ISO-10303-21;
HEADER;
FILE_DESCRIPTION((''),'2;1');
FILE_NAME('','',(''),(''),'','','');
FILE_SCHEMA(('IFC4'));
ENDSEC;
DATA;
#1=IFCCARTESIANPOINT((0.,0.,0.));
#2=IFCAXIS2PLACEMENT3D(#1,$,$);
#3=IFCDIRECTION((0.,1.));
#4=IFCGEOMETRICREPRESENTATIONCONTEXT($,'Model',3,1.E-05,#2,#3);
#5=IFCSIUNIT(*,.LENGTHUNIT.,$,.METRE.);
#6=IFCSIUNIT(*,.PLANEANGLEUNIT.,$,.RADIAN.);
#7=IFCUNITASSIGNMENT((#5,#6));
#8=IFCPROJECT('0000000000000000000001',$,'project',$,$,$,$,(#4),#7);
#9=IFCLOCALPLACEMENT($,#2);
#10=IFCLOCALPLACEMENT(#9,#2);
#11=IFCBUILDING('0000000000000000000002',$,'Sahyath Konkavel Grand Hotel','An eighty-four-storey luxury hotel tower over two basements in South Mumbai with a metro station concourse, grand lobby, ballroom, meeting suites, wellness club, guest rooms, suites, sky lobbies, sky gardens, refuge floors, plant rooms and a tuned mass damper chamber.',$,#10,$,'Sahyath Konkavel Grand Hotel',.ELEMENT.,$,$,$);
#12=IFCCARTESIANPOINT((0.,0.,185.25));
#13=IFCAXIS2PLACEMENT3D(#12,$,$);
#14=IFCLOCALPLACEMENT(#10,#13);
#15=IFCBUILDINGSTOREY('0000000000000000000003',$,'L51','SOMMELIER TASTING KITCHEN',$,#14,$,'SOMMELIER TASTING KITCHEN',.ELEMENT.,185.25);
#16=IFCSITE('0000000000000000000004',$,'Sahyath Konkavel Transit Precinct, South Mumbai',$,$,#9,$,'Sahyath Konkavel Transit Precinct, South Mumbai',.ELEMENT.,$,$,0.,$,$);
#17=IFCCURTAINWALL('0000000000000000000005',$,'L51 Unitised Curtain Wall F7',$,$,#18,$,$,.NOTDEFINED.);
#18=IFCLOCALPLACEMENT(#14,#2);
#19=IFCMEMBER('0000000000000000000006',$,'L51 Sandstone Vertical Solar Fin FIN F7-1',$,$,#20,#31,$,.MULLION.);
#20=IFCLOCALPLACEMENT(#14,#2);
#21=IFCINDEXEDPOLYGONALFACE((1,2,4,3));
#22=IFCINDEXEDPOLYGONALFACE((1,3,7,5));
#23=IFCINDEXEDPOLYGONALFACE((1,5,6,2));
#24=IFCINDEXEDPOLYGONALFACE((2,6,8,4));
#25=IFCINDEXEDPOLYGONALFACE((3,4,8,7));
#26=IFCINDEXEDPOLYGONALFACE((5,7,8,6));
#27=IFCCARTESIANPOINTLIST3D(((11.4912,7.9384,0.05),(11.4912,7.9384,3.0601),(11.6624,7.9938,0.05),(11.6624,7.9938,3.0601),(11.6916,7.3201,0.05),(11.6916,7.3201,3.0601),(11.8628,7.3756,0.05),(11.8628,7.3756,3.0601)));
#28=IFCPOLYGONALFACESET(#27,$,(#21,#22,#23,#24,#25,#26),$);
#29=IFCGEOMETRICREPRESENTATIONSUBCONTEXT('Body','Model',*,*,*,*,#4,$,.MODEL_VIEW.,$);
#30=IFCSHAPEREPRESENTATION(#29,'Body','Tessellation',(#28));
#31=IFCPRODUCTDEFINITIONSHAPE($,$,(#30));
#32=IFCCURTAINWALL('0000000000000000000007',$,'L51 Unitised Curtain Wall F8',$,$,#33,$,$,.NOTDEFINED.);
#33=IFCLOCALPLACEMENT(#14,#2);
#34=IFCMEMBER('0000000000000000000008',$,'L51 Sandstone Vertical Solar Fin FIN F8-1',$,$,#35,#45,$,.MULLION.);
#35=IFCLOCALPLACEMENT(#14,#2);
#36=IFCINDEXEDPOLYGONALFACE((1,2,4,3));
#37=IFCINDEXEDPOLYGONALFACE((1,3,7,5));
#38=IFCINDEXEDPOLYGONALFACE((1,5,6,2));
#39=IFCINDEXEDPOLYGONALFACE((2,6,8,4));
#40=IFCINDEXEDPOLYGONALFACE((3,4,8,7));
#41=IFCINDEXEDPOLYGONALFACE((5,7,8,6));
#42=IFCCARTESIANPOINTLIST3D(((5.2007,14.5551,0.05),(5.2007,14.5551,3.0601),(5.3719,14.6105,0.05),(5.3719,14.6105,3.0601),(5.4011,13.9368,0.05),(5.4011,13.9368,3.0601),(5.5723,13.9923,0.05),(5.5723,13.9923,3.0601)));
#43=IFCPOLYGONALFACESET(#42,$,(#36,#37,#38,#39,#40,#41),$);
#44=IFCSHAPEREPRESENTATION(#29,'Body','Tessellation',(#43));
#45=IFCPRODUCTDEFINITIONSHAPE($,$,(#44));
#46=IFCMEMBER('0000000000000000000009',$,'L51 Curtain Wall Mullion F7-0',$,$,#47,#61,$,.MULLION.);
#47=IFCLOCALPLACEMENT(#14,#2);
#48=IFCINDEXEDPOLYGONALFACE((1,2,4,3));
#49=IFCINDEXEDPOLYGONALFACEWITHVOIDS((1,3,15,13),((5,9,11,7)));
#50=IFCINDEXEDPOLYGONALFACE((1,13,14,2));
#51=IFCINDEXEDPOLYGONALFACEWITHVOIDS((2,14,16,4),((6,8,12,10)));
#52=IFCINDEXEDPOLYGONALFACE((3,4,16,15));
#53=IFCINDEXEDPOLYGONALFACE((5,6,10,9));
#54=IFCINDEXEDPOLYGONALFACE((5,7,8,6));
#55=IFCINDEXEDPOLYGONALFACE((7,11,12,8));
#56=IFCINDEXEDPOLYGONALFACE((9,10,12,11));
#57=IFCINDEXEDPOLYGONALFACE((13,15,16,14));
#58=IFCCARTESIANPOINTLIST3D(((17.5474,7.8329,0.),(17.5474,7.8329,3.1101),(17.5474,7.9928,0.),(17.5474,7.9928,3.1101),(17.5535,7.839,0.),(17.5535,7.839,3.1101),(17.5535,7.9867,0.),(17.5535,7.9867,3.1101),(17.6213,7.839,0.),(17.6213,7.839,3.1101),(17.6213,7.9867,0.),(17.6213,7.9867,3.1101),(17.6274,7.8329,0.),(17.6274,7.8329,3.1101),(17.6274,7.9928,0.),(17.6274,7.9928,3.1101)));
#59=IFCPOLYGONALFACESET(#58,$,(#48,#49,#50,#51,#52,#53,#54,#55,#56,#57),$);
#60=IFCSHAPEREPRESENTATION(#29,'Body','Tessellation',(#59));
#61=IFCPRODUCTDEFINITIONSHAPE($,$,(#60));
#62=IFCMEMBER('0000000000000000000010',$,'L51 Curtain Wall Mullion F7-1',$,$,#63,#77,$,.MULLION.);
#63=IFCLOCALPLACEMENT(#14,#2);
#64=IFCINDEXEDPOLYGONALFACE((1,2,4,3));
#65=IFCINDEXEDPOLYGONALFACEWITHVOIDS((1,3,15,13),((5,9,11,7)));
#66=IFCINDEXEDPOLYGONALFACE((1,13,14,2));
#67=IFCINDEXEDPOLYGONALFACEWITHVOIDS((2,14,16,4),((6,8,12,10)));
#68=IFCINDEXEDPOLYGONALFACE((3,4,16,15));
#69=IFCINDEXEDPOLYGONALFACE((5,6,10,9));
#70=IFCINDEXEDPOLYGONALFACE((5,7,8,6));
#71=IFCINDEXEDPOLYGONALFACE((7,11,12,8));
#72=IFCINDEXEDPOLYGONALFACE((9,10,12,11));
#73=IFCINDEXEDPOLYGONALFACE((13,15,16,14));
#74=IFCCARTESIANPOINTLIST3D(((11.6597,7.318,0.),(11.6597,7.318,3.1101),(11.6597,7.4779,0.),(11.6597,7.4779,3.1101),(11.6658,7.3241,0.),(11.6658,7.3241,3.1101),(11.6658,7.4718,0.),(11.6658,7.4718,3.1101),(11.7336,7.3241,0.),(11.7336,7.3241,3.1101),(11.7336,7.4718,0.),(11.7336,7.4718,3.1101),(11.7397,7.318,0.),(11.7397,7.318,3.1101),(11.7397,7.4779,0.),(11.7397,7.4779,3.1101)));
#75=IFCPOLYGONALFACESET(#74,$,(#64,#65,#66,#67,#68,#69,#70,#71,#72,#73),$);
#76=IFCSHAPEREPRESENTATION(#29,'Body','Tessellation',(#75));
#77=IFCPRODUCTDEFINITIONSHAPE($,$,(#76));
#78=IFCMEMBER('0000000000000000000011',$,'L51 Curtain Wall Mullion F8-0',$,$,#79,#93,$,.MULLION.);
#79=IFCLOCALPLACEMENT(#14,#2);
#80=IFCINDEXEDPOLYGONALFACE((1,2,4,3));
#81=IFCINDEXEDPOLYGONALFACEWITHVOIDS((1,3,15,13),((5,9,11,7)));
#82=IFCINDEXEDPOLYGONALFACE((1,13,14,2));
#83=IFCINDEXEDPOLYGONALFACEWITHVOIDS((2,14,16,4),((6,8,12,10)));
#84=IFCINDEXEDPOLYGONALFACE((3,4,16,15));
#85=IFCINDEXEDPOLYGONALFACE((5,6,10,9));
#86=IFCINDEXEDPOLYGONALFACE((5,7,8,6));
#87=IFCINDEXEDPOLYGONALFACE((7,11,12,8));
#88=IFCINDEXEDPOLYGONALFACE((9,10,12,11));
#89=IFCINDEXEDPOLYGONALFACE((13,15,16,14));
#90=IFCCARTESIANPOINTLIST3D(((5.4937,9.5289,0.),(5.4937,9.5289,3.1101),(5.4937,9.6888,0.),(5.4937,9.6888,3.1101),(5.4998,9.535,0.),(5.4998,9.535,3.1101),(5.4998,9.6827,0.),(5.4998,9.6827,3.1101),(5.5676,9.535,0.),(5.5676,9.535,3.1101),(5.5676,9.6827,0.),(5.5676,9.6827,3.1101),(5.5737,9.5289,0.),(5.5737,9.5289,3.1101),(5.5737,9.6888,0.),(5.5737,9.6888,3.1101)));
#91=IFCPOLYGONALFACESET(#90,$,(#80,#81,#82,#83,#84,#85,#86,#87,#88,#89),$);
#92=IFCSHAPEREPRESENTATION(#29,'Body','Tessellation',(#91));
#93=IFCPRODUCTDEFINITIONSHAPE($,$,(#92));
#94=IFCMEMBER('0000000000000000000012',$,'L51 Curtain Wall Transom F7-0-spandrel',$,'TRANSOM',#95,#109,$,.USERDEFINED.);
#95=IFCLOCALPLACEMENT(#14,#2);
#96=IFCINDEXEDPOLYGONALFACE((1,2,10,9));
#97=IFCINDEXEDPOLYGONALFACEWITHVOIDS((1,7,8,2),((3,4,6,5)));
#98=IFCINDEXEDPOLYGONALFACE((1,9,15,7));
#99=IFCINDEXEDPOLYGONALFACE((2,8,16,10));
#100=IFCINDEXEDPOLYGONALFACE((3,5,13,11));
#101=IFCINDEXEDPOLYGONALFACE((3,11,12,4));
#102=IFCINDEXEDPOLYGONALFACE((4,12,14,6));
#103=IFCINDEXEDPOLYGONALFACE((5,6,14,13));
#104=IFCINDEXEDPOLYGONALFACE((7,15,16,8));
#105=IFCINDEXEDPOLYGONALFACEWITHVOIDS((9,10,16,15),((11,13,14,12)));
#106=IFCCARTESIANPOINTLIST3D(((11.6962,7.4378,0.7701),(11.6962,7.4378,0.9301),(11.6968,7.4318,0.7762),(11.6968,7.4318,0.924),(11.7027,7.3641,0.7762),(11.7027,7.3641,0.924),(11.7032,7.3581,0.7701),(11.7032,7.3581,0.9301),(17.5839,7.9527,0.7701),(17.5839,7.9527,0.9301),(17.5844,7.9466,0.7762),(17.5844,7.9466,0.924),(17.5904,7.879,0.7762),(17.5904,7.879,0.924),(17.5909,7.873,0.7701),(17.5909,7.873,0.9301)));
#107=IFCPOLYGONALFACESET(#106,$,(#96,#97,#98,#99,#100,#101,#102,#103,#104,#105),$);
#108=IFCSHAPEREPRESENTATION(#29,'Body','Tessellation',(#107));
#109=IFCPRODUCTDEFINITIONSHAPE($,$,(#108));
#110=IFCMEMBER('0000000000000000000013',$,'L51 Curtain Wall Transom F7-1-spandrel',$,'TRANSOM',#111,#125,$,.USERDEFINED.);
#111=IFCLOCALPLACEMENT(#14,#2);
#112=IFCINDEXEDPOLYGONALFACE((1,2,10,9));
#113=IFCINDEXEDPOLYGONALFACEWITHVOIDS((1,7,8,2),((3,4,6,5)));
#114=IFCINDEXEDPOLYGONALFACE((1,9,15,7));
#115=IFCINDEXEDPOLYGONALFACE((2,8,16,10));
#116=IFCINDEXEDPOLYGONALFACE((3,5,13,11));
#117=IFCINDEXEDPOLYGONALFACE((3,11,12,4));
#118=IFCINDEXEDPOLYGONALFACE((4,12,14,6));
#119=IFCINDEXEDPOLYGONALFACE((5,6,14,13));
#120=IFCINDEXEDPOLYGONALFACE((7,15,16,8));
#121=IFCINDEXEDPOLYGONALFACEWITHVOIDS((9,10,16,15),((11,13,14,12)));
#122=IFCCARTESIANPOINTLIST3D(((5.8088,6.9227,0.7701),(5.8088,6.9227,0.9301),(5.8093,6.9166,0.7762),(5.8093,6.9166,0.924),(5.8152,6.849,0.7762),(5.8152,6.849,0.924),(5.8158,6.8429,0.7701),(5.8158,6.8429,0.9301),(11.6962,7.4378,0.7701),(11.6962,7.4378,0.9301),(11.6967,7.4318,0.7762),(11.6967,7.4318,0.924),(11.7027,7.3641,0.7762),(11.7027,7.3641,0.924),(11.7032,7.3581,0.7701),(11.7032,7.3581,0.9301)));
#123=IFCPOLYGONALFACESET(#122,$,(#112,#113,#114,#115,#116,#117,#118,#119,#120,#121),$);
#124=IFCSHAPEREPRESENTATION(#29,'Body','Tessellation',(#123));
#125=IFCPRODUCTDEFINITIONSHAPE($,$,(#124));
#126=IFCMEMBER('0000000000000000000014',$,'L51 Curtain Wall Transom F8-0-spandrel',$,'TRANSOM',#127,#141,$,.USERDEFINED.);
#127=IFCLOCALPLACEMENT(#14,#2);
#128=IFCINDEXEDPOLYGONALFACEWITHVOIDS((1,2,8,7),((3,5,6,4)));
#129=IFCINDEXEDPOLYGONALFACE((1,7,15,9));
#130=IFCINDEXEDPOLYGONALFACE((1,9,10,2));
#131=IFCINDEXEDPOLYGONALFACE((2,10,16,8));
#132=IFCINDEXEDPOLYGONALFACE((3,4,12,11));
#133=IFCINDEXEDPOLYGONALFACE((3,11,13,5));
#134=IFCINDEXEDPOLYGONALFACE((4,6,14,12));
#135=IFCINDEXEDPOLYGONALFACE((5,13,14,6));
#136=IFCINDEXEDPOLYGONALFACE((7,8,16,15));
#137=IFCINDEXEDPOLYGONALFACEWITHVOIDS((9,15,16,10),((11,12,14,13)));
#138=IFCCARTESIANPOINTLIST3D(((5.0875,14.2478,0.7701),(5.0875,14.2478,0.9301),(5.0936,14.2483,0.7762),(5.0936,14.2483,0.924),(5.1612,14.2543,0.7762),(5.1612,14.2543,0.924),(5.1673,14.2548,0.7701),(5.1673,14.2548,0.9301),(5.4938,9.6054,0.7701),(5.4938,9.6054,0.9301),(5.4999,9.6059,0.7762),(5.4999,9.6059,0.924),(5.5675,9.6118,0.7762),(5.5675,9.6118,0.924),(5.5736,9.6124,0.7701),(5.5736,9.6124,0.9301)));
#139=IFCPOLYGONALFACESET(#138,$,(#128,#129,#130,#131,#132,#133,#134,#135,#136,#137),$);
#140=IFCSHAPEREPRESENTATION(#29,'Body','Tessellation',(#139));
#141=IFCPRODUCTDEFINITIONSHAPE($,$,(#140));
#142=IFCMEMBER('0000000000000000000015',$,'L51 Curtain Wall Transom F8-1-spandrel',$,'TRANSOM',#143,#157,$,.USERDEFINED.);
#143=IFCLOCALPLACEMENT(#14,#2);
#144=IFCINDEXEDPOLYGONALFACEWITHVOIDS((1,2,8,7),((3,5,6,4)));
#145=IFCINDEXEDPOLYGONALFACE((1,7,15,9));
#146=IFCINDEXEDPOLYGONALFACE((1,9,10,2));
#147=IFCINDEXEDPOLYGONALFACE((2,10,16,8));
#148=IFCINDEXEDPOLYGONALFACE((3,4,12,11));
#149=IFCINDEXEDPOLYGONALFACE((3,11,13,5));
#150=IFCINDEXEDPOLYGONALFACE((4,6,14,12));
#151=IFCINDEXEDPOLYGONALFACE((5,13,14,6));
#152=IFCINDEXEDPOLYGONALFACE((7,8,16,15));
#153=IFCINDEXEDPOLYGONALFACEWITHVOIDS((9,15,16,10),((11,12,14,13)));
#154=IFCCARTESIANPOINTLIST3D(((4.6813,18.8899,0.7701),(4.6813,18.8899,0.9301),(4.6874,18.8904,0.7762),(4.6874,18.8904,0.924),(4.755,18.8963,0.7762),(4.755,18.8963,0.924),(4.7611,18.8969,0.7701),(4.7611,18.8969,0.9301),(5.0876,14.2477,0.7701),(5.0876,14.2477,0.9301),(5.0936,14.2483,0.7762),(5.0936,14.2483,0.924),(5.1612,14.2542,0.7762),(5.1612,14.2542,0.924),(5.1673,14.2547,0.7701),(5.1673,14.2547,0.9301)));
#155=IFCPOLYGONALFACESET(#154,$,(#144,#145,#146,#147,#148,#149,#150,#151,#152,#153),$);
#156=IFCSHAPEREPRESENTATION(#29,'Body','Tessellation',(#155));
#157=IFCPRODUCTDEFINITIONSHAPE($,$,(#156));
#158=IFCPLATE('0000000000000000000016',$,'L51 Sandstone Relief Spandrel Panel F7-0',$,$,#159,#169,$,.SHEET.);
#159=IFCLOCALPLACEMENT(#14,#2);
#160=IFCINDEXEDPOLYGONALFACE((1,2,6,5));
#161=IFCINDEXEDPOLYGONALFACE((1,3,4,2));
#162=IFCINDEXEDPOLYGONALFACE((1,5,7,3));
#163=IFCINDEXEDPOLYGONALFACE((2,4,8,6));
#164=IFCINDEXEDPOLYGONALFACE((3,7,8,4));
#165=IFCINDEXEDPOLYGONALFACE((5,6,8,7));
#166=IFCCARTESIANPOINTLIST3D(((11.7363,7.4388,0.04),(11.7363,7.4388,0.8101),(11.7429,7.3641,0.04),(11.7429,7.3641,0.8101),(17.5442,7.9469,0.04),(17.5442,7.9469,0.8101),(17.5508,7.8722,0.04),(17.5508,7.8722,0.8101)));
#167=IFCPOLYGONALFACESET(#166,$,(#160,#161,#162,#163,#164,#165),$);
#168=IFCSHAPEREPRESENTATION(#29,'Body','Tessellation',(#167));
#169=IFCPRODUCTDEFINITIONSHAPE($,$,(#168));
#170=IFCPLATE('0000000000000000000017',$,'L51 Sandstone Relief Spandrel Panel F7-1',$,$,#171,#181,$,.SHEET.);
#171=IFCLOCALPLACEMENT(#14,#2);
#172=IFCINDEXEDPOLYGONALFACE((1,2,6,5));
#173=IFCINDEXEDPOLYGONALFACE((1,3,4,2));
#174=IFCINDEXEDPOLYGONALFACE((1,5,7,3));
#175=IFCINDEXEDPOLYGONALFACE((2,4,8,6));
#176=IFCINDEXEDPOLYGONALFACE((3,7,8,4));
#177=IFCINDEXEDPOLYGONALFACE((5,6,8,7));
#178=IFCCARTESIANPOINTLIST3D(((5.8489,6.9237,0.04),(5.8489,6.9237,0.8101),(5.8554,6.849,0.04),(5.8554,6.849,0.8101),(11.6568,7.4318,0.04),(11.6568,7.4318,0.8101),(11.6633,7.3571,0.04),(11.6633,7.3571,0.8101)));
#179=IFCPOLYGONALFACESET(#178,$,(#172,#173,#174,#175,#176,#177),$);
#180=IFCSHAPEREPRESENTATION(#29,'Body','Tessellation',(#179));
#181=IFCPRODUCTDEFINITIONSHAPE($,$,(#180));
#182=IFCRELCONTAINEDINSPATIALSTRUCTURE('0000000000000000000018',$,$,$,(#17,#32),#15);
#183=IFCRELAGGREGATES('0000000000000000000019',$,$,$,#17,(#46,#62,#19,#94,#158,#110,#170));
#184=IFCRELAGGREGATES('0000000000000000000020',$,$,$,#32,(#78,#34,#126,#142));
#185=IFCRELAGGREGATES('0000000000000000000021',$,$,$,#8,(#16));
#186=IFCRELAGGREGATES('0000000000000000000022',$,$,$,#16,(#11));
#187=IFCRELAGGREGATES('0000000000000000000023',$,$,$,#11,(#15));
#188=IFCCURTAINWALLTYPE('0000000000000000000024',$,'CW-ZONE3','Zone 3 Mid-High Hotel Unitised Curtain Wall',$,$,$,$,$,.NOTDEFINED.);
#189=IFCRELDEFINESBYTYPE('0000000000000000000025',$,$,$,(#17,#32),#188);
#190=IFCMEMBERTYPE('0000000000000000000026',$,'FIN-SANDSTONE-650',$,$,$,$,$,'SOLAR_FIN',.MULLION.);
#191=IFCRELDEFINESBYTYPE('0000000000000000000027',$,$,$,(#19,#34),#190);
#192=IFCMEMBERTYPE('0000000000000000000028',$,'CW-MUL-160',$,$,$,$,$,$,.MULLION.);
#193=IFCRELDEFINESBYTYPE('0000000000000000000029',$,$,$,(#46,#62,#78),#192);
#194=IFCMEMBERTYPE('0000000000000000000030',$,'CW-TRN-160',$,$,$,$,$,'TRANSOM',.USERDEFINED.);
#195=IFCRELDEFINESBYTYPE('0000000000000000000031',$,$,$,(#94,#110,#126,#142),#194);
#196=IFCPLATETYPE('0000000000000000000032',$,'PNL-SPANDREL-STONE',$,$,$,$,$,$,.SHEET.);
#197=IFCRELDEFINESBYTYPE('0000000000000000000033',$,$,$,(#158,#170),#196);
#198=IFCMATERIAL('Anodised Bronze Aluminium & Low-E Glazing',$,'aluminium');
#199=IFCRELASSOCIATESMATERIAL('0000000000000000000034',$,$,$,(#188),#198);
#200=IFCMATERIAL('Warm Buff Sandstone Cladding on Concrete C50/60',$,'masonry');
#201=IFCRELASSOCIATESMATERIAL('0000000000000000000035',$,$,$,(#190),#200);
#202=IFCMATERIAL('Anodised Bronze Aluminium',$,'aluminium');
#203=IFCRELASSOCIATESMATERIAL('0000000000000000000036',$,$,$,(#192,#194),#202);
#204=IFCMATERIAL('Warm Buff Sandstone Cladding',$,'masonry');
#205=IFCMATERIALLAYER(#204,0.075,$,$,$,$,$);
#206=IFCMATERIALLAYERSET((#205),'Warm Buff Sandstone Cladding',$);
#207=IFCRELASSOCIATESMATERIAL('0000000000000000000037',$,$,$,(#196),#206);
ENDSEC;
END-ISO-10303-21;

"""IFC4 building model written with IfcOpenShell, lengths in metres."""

from ifc_helpers import new_model, si_unit, direction, frame, origin, origin_2d, place, context, subcontext, project, spatial, rectangle, hollow_rectangle, extrude, source, transform, mapped, material, layer, layer_set, material_profile, profile_set, type_object, element, aggregate, save


model = new_model("IFC4")

# Units and contexts
model_context = context("Model", 3, precision=1e-05, world=origin(), true_north=direction((0.0, 1.0)))
body_context = subcontext(model_context, "Body", "Model", "MODEL_VIEW")
ifc_project = project(units=[si_unit("LENGTHUNIT", "METRE"), si_unit("PLANEANGLEUNIT", "RADIAN")], contexts=[model_context])

# Site, building, storey
site_placement = place(None, origin())
site = spatial("IfcSite", under=ifc_project, at=site_placement, Name="Sahyath Konkavel Transit Precinct, South Mumbai", LongName="Sahyath Konkavel Transit Precinct, South Mumbai", CompositionType="ELEMENT", RefElevation=0.0)
building_placement = place(site_placement, origin())
building = spatial("IfcBuilding", under=site, at=building_placement, Name="Sahyath Konkavel Grand Hotel", Description="An eighty-four-storey luxury hotel tower over two basements in South Mumbai with a metro station concourse, grand lobby, ballroom, meeting suites, wellness club, guest rooms, suites, sky lobbies, sky gardens, refuge floors, plant rooms and a tuned mass damper chamber.", LongName="Sahyath Konkavel Grand Hotel", CompositionType="ELEMENT")
storey_placement = place(building_placement, frame((0.0, 0.0, 185.25)))
storey = spatial("IfcBuildingStorey", under=building, at=storey_placement, Name="L51", Description="SOMMELIER TASTING KITCHEN", LongName="SOMMELIER TASTING KITCHEN", CompositionType="ELEMENT", Elevation=185.25)

# Curtain walls, members
ifc_material_1 = material(Name="Anodised Bronze Aluminium & Low-E Glazing", Category="aluminium")
curtain_wall_type = type_object("IfcCurtainWallType", Name="CW-ZONE3", Description="Zone 3 Mid-High Hotel Unitised Curtain Wall", PredefinedType="NOTDEFINED", material=ifc_material_1)
curtain_wall_1_placement = place(storey_placement, origin())
curtain_wall_1 = element("IfcCurtainWall", 1, at=curtain_wall_1_placement, inside=storey, type_object=curtain_wall_type, Name="L51 Unitised Curtain Wall F7", PredefinedType="NOTDEFINED")
ifc_material_2 = material(Name="Warm Buff Sandstone Cladding on Concrete C50/60", Category="masonry")
ifc_material_profile_1 = material_profile(ifc_material_2, rectangle(XDim=0.1799, YDim=0.6499, at=origin_2d()), Name="FIN 180x650")
ifc_profile_set_1 = profile_set([ifc_material_profile_1], Name="Warm Buff Sandstone Cladding on Concrete C50/60")
member_type_1 = type_object("IfcMemberType", Name="FIN-SANDSTONE-650", ElementType="SOLAR_FIN", PredefinedType="MULLION", material=ifc_profile_set_1)
shared_shape_1 = source(origin(), body_context, "Body", "SweptSolid", [
    extrude(rectangle(XDim=0.1799, YDim=0.6499, at=origin_2d()), origin(), (0.0, 0.0, 1.0), 3.01),
])
member_1_placement = place(storey_placement, frame((11.677, 7.657, 0.05), z_axis=(0.0, 0.0, 1.0), x_axis=(0.951272, 0.308353, 0.0)))
member_1 = element("IfcMember", 2, at=member_1_placement, type_object=member_type_1, Name="L51 Sandstone Vertical Solar Fin FIN F7-1", PredefinedType="MULLION", context=body_context, shape_type="MappedRepresentation", body=[
    mapped(shared_shape_1, transform((0.0, 0.0, 0.0), scale=1.0)),
])
curtain_wall_2_placement = place(storey_placement, origin())
curtain_wall_2 = element("IfcCurtainWall", 3, at=curtain_wall_2_placement, inside=storey, type_object=curtain_wall_type, Name="L51 Unitised Curtain Wall F8", PredefinedType="NOTDEFINED")
member_2_placement = place(storey_placement, frame((5.3865, 14.2737, 0.05), z_axis=(0.0, 0.0, 1.0), x_axis=(0.951272, 0.308353, 0.0)))
member_2 = element("IfcMember", 4, at=member_2_placement, type_object=member_type_1, Name="L51 Sandstone Vertical Solar Fin FIN F8-1", PredefinedType="MULLION", context=body_context, shape_type="MappedRepresentation", body=[
    mapped(shared_shape_1, transform((0.0, 0.0, 0.0), scale=1.0)),
])

# Members
ifc_material_3 = material(Name="Anodised Bronze Aluminium", Category="aluminium")
ifc_material_profile_2 = material_profile(ifc_material_3, hollow_rectangle(XDim=0.0801, YDim=0.1599, WallThickness=0.0061, at=origin_2d()), Name="RHS 160x80x6")
ifc_profile_set_2 = profile_set([ifc_material_profile_2], Name="Anodised Bronze Aluminium")
member_type_2 = type_object("IfcMemberType", Name="CW-MUL-160", PredefinedType="MULLION", material=ifc_profile_set_2)
shared_shape_2 = source(origin(), body_context, "Body", "SweptSolid", [
    extrude(hollow_rectangle(XDim=0.0801, YDim=0.1599, WallThickness=0.0061, at=origin_2d()), origin(), (0.0, 0.0, 1.0), 3.1101),
])
member_3_placement = place(storey_placement, frame((17.5874, 7.9128, 0.0), z_axis=(0.0, 0.0, 1.0), x_axis=(1.0, 0.0, 0.0)))
member_3 = element("IfcMember", 5, at=member_3_placement, type_object=member_type_2, Name="L51 Curtain Wall Mullion F7-0", PredefinedType="MULLION", context=body_context, shape_type="MappedRepresentation", body=[
    mapped(shared_shape_2, transform((0.0, 0.0, 0.0), scale=1.0)),
])
member_4_placement = place(storey_placement, frame((11.6997, 7.3979, 0.0), z_axis=(0.0, 0.0, 1.0), x_axis=(1.0, 0.0, 0.0)))
member_4 = element("IfcMember", 6, at=member_4_placement, type_object=member_type_2, Name="L51 Curtain Wall Mullion F7-1", PredefinedType="MULLION", context=body_context, shape_type="MappedRepresentation", body=[
    mapped(shared_shape_2, transform((0.0, 0.0, 0.0), scale=1.0)),
])
member_5_placement = place(storey_placement, frame((5.5337, 9.6089, 0.0), z_axis=(0.0, 0.0, 1.0), x_axis=(1.0, 0.0, 0.0)))
member_5 = element("IfcMember", 7, at=member_5_placement, type_object=member_type_2, Name="L51 Curtain Wall Mullion F8-0", PredefinedType="MULLION", context=body_context, shape_type="MappedRepresentation", body=[
    mapped(shared_shape_2, transform((0.0, 0.0, 0.0), scale=1.0)),
])
ifc_material_profile_3 = material_profile(ifc_material_3, hollow_rectangle(XDim=0.0801, YDim=0.1599, WallThickness=0.0061, at=origin_2d()), Name="RHS 160x80x6")
ifc_profile_set_3 = profile_set([ifc_material_profile_3], Name="Anodised Bronze Aluminium")
member_type_3 = type_object("IfcMemberType", Name="CW-TRN-160", ElementType="TRANSOM", PredefinedType="USERDEFINED", material=ifc_profile_set_3)
shared_shape_3 = source(origin(), body_context, "Body", "SweptSolid", [
    extrude(hollow_rectangle(XDim=0.0801, YDim=0.1599, WallThickness=0.0061, at=origin_2d()), origin(), (0.0, 0.0, 1.0), 5.9102),
])
member_6_placement = place(storey_placement, frame((17.5874, 7.9128, 0.8501), z_axis=(-0.996198, -0.08712, 0.0), x_axis=(0.08712, -0.996198, 0.0)))
member_6 = element("IfcMember", 8, at=member_6_placement, type_object=member_type_3, Name="L51 Curtain Wall Transom F7-0-spandrel", ObjectType="TRANSOM", PredefinedType="USERDEFINED", context=body_context, shape_type="MappedRepresentation", body=[
    mapped(shared_shape_3, transform((0.0, 0.0, 0.0), scale=1.0)),
])
shared_shape_4 = source(origin(), body_context, "Body", "SweptSolid", [
    extrude(hollow_rectangle(XDim=0.0801, YDim=0.1599, WallThickness=0.0061, at=origin_2d()), origin(), (0.0, 0.0, 1.0), 5.9099),
])
member_7_placement = place(storey_placement, frame((11.6997, 7.3979, 0.8501), z_axis=(-0.996194, -0.087164, 0.0), x_axis=(0.087164, -0.996194, 0.0)))
member_7 = element("IfcMember", 9, at=member_7_placement, type_object=member_type_3, Name="L51 Curtain Wall Transom F7-1-spandrel", ObjectType="TRANSOM", PredefinedType="USERDEFINED", context=body_context, shape_type="MappedRepresentation", body=[
    mapped(shared_shape_4, transform((0.0, 0.0, 0.0), scale=1.0)),
])
shared_shape_5 = source(origin(), body_context, "Body", "SweptSolid", [
    extrude(hollow_rectangle(XDim=0.0801, YDim=0.1599, WallThickness=0.0061, at=origin_2d()), origin(), (0.0, 0.0, 1.0), 4.6602),
])
member_8_placement = place(storey_placement, frame((5.5337, 9.6089, 0.8501), z_axis=(-0.087177, 0.996193, 0.0), x_axis=(-0.996193, -0.087177, 0.0)))
member_8 = element("IfcMember", 10, at=member_8_placement, type_object=member_type_3, Name="L51 Curtain Wall Transom F8-0-spandrel", ObjectType="TRANSOM", PredefinedType="USERDEFINED", context=body_context, shape_type="MappedRepresentation", body=[
    mapped(shared_shape_5, transform((0.0, 0.0, 0.0), scale=1.0)),
])
shared_shape_6 = source(origin(), body_context, "Body", "SweptSolid", [
    extrude(hollow_rectangle(XDim=0.0801, YDim=0.1599, WallThickness=0.0061, at=origin_2d()), origin(), (0.0, 0.0, 1.0), 4.6599),
])
member_9_placement = place(storey_placement, frame((5.1274, 14.2512, 0.8501), z_axis=(-0.087181, 0.996192, 0.0), x_axis=(-0.996192, -0.087181, 0.0)))
member_9 = element("IfcMember", 11, at=member_9_placement, type_object=member_type_3, Name="L51 Curtain Wall Transom F8-1-spandrel", ObjectType="TRANSOM", PredefinedType="USERDEFINED", context=body_context, shape_type="MappedRepresentation", body=[
    mapped(shared_shape_6, transform((0.0, 0.0, 0.0), scale=1.0)),
])

# Plates
ifc_material_4 = material(Name="Warm Buff Sandstone Cladding", Category="masonry")
ifc_layer_1 = layer(ifc_material_4, 0.075)
ifc_layer_set_1 = layer_set([ifc_layer_1], Name="Warm Buff Sandstone Cladding")
plate_type_1 = type_object("IfcPlateType", Name="PNL-SPANDREL-STONE", PredefinedType="SHEET", material=ifc_layer_set_1)
shared_shape_7 = source(origin(), body_context, "Body", "SweptSolid", [
    extrude(rectangle(XDim=5.8301, YDim=0.075, at=origin_2d()), origin(), (0.0, 0.0, 1.0), 0.77),
])
plate_1_placement = place(storey_placement, frame((14.6436, 7.6555, 0.04), z_axis=(0.0, 0.0, 1.0), x_axis=(-0.996195, -0.087156, 0.0)))
plate_1 = element("IfcPlate", 12, at=plate_1_placement, type_object=plate_type_1, Name="L51 Sandstone Relief Spandrel Panel F7-0", PredefinedType="SHEET", context=body_context, shape_type="MappedRepresentation", body=[
    mapped(shared_shape_7, transform((0.0, 0.0, 0.0), scale=1.0)),
])
plate_2_placement = place(storey_placement, frame((8.7561, 7.1404, 0.04), z_axis=(0.0, 0.0, 1.0), x_axis=(-0.996195, -0.087156, 0.0)))
plate_2 = element("IfcPlate", 13, at=plate_2_placement, type_object=plate_type_1, Name="L51 Sandstone Relief Spandrel Panel F7-1", PredefinedType="SHEET", context=body_context, shape_type="MappedRepresentation", body=[
    mapped(shared_shape_7, transform((0.0, 0.0, 0.0), scale=1.0)),
])
aggregate(curtain_wall_1, [member_3, member_4, member_1, member_6, plate_1, member_7, plate_2])
aggregate(curtain_wall_2, [member_5, member_2, member_8, member_9])

save(model, "model.ifc")
